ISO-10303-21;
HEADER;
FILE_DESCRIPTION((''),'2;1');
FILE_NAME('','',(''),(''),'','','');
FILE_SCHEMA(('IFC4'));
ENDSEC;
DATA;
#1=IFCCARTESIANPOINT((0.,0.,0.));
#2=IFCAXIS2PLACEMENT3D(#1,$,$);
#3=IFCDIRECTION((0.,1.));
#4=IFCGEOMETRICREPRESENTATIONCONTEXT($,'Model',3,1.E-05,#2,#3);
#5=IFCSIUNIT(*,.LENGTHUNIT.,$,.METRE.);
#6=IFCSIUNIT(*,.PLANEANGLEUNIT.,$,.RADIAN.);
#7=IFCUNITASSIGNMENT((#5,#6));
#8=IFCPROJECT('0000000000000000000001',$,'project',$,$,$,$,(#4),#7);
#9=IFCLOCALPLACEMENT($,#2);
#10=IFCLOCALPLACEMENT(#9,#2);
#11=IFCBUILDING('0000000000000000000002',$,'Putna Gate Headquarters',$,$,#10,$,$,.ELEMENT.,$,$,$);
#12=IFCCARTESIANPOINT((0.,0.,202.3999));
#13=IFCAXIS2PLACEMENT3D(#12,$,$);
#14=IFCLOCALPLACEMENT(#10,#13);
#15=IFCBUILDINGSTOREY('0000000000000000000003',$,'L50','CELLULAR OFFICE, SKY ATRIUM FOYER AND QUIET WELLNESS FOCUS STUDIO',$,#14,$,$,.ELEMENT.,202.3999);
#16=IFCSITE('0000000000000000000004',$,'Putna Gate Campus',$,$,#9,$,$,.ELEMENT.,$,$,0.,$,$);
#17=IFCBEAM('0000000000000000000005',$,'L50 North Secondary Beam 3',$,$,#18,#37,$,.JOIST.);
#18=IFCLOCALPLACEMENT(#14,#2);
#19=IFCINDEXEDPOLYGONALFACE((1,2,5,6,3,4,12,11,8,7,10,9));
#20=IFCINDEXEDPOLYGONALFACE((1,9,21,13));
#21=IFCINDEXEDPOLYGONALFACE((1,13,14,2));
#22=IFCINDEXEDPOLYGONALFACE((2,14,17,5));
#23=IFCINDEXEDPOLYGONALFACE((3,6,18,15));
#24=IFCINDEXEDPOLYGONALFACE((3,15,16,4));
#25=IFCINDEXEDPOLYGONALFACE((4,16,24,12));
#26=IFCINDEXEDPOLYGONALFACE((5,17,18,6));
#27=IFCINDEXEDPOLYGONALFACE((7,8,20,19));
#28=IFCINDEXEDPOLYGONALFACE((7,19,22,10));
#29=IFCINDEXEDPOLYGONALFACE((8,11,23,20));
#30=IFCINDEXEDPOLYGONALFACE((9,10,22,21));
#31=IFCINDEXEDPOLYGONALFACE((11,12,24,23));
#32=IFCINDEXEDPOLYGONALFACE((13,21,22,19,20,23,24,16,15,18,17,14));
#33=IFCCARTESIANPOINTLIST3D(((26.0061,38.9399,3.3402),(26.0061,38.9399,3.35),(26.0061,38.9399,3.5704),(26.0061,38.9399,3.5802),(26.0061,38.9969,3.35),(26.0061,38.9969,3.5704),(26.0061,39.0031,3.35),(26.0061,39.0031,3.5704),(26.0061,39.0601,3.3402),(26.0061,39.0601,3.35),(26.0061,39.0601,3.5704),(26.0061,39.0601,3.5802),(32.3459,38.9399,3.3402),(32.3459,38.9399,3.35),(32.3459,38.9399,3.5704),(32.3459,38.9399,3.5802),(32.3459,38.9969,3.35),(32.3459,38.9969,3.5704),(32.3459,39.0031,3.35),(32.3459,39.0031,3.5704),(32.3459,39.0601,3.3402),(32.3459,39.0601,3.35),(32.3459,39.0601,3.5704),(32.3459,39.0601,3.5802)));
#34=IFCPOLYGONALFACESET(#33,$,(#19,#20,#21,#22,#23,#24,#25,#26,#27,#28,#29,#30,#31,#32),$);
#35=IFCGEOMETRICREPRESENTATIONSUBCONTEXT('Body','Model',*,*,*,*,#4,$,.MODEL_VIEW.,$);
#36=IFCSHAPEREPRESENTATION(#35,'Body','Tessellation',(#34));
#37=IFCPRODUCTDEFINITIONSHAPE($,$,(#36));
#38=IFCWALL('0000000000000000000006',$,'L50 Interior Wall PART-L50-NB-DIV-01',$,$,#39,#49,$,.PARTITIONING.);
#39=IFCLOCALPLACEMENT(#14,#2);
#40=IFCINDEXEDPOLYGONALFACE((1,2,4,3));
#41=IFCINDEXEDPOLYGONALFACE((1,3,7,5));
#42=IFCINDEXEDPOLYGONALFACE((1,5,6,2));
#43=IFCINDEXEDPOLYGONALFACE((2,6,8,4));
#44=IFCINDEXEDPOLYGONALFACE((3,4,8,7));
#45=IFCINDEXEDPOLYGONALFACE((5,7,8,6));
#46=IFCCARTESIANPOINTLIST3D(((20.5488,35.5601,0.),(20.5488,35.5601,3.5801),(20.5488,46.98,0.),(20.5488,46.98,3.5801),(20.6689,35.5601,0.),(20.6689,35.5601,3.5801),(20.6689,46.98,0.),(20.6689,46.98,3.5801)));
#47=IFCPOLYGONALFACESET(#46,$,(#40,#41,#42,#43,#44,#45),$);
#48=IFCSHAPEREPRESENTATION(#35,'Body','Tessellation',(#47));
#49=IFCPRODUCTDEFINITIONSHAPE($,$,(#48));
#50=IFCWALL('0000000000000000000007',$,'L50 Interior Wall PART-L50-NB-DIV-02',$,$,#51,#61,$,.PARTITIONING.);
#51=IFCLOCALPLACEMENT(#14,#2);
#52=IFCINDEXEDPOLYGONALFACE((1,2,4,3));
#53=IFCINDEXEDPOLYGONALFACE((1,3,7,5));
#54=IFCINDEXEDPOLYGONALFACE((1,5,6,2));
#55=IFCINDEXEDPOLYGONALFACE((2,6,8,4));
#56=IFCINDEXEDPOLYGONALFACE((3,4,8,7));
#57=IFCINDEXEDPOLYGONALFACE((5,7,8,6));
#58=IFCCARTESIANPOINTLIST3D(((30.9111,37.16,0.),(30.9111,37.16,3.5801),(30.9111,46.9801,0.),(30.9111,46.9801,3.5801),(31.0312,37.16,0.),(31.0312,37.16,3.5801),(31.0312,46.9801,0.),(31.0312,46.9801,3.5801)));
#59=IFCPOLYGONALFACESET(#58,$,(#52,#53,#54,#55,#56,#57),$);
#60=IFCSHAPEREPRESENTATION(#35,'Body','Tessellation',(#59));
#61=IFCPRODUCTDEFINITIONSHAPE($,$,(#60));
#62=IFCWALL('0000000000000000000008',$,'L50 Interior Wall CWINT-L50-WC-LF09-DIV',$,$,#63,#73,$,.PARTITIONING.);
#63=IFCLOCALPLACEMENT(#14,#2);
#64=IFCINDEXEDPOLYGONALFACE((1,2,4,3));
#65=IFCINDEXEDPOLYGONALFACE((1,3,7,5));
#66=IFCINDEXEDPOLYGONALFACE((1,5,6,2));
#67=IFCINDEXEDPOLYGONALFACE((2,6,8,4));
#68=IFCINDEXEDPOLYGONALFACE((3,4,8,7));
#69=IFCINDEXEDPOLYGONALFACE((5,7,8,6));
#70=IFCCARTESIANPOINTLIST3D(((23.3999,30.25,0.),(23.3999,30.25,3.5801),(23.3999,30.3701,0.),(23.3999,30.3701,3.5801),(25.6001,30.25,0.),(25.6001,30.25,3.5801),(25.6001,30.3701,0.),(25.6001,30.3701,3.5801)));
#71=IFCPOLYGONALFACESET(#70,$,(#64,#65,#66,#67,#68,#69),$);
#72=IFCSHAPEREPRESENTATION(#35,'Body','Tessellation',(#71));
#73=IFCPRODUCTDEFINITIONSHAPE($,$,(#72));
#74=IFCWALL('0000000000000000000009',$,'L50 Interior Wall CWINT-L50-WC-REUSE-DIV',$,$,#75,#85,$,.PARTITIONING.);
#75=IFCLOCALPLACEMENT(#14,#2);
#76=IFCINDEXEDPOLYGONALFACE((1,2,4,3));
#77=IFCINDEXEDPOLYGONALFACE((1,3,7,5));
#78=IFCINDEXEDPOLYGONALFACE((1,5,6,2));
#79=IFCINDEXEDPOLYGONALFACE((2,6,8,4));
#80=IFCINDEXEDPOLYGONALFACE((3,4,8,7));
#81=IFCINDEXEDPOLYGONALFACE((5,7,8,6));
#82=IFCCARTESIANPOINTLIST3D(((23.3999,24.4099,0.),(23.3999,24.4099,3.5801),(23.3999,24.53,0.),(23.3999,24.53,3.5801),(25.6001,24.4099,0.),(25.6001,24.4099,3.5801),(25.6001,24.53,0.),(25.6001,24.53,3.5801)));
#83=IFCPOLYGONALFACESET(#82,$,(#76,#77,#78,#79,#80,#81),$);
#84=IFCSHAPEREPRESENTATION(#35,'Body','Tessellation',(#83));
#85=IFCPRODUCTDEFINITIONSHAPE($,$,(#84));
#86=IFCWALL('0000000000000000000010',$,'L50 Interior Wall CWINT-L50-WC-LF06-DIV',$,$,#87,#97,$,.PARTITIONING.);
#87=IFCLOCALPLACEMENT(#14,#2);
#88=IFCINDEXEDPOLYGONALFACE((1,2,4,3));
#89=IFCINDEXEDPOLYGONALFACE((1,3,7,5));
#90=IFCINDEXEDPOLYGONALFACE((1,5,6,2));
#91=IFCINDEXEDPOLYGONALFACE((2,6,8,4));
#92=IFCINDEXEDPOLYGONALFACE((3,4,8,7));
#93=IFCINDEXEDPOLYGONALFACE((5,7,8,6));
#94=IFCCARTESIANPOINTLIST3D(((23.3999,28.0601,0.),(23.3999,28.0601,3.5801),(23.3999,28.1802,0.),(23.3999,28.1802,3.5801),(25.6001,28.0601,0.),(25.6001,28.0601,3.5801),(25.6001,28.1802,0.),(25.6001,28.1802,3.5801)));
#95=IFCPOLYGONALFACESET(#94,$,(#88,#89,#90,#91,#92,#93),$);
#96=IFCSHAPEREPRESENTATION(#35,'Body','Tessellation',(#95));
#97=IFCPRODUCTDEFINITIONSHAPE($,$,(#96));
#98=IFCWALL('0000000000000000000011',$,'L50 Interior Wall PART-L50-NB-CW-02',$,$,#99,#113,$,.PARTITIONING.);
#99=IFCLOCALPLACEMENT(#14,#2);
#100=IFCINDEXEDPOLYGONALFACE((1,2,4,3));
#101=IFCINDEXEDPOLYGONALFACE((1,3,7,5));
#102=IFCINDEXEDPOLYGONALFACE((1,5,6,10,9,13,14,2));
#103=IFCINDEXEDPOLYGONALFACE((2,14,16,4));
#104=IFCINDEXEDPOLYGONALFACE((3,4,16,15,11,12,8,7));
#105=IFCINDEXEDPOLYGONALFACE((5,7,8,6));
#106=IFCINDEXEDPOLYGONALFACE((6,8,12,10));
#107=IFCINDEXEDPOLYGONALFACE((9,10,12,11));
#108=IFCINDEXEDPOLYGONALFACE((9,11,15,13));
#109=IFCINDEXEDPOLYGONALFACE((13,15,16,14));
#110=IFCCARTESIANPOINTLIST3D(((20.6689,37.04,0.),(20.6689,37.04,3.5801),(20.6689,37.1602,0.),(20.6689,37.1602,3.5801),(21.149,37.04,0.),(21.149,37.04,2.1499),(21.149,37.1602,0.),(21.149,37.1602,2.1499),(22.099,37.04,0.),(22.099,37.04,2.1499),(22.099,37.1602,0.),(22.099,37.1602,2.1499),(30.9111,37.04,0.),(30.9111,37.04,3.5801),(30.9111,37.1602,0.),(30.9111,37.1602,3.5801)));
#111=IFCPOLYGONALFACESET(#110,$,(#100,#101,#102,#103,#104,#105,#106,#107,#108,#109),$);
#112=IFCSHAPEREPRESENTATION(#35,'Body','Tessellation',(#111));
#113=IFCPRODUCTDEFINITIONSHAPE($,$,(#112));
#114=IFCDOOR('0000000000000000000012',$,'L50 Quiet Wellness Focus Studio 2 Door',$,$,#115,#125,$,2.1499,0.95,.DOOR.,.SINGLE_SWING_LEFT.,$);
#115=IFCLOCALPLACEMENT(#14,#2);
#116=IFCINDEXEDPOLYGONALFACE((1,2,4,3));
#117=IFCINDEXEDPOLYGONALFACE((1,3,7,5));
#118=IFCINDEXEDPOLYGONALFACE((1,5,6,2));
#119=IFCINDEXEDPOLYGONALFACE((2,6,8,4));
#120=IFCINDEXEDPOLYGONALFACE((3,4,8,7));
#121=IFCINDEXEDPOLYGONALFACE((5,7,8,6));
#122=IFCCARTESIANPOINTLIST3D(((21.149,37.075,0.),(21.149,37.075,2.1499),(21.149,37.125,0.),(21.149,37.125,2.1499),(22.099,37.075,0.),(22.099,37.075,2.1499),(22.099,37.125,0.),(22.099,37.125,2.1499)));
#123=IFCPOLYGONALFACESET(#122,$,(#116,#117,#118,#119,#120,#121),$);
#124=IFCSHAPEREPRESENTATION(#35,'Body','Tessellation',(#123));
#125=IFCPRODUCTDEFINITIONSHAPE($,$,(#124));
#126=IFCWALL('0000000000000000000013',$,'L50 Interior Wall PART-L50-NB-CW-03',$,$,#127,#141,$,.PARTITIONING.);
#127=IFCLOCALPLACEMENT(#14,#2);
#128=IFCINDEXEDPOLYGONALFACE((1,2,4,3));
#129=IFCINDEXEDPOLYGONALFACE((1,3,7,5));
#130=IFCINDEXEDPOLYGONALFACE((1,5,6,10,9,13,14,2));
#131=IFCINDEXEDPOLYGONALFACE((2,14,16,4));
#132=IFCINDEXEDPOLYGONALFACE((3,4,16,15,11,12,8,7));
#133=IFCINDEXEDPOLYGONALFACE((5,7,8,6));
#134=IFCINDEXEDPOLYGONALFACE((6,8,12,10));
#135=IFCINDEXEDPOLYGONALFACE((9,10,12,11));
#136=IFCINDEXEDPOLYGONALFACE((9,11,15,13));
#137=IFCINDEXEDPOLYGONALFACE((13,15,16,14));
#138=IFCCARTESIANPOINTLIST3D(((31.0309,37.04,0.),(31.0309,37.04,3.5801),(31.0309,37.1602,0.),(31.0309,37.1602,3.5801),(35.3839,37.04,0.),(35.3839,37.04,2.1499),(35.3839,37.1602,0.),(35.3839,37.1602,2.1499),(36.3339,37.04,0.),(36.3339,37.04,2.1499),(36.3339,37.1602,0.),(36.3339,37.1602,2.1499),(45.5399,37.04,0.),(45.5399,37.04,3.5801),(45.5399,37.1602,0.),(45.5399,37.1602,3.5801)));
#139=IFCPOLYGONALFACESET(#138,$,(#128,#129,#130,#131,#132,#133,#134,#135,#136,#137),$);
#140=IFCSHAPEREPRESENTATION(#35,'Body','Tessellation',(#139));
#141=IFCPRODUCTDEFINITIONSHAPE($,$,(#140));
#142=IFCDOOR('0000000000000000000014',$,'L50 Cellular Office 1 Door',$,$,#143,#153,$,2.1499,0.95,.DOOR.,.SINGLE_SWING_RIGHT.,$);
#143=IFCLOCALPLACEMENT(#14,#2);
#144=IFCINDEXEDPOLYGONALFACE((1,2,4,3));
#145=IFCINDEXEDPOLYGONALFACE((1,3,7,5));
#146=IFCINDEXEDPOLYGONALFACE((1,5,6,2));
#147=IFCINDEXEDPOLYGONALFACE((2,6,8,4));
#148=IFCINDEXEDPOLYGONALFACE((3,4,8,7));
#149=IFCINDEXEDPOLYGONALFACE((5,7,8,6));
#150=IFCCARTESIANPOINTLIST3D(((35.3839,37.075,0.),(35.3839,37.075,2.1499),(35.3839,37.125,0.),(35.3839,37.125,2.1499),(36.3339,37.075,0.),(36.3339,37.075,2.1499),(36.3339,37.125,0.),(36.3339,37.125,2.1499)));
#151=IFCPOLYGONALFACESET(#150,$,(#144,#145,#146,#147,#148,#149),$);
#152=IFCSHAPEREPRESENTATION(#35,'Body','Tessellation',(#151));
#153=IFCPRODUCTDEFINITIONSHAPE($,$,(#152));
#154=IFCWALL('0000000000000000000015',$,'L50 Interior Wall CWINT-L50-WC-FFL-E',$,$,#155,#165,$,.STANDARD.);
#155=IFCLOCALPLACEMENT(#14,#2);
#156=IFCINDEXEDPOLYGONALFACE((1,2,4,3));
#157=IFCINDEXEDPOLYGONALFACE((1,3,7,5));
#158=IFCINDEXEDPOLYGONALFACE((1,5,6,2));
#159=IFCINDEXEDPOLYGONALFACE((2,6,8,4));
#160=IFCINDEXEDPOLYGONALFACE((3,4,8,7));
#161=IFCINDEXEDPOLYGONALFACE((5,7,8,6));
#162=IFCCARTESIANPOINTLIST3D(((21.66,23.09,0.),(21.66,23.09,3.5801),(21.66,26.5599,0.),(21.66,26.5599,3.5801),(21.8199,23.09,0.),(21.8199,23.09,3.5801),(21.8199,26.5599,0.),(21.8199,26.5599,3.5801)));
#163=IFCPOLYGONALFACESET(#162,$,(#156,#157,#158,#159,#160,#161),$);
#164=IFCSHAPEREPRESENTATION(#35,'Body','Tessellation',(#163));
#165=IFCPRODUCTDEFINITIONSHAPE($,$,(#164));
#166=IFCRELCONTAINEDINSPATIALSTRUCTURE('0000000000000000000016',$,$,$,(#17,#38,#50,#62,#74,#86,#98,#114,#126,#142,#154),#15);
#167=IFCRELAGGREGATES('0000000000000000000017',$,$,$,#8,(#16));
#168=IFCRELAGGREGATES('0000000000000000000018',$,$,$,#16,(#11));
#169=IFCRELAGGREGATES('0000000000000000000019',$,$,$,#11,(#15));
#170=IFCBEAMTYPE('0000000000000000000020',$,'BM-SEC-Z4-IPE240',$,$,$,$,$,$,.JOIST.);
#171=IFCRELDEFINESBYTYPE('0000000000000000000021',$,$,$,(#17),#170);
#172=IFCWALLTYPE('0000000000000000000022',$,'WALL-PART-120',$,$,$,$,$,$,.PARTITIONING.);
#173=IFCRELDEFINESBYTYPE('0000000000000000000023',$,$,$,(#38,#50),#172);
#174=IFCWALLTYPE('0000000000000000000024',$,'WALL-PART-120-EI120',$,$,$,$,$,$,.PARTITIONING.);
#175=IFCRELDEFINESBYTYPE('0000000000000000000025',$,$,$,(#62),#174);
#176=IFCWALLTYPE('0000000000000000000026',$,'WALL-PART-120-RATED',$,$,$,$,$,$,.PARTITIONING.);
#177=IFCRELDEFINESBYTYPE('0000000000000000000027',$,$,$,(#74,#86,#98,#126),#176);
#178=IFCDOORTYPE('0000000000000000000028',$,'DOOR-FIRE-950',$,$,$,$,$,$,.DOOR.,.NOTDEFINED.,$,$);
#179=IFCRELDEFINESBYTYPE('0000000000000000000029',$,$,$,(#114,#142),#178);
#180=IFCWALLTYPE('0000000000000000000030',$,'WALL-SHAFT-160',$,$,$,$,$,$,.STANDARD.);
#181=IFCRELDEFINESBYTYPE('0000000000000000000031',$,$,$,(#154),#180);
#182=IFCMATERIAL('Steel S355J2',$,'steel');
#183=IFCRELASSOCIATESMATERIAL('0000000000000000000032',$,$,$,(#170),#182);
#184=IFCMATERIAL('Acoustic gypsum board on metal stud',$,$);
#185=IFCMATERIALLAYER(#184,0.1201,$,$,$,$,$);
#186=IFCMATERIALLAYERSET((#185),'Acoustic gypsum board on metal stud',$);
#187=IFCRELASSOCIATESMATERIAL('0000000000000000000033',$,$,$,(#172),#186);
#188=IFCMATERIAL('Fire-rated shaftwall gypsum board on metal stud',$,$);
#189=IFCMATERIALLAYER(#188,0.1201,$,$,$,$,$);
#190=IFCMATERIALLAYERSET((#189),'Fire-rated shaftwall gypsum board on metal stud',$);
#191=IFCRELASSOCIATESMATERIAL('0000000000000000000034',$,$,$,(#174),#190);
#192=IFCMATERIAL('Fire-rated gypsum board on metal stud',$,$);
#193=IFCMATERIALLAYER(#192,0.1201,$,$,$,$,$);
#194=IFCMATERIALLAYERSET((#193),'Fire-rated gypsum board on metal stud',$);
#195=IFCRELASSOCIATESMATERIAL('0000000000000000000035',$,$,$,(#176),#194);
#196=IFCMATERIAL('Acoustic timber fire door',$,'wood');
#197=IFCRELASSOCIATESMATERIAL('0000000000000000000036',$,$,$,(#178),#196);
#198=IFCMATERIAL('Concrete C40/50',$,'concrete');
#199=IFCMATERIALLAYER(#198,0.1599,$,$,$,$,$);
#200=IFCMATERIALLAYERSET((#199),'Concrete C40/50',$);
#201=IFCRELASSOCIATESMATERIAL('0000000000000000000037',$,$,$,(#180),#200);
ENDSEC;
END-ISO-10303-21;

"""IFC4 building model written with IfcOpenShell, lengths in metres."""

from ifc_helpers import new_model, si_unit, direction, frame, frame_2d, origin, origin_2d, place, context, subcontext, project, spatial, rectangle, i_section, extrude, material, layer, layer_set, material_profile, profile_set, type_object, element, fill, save


model = new_model("IFC4")

# Units and contexts
model_context = context("Model", 3, precision=1e-05, world=origin(), true_north=direction((0.0, 1.0)))
body_context = subcontext(model_context, "Body", "Model", "MODEL_VIEW")
ifc_project = project(units=[si_unit("LENGTHUNIT", "METRE"), si_unit("PLANEANGLEUNIT", "RADIAN")], contexts=[model_context])

# Site, building, storey
site_placement = place(None, origin())
site = spatial("IfcSite", under=ifc_project, at=site_placement, Name="Putna Gate Campus", CompositionType="ELEMENT", RefElevation=0.0)
building_placement = place(site_placement, origin())
building = spatial("IfcBuilding", under=site, at=building_placement, Name="Putna Gate Headquarters", CompositionType="ELEMENT")
storey_placement = place(building_placement, frame((0.0, 0.0, 202.3999)))
storey = spatial("IfcBuildingStorey", under=building, at=storey_placement, Name="L50", Description="CELLULAR OFFICE, SKY ATRIUM FOYER AND QUIET WELLNESS FOCUS STUDIO", CompositionType="ELEMENT", Elevation=202.3999)

# Beam
ifc_material_1 = material(Name="Steel S355J2", Category="steel")
ifc_material_profile_1 = material_profile(ifc_material_1, i_section(OverallWidth=0.1201, OverallDepth=0.24, WebThickness=0.0061, FlangeThickness=0.0098, at=origin_2d()), Name="Steel S355J2")
ifc_profile_set_1 = profile_set([ifc_material_profile_1], Name="Steel S355J2")
beam_type_1 = type_object("IfcBeamType", Name="BM-SEC-Z4-IPE240", PredefinedType="JOIST", material=ifc_profile_set_1)
beam_1_placement = place(storey_placement, frame((26.0061, 39.0, 3.4602), z_axis=(1.0, 0.0, 0.0), x_axis=(0.0, 1.0, 0.0)))
element("IfcBeam", 1, at=beam_1_placement, inside=storey, type_object=beam_type_1, Name="L50 North Secondary Beam 3", PredefinedType="JOIST", context=body_context, shape_type="SweptSolid", body=[
    extrude(i_section(OverallWidth=0.1201, OverallDepth=0.24, WebThickness=0.0061, FlangeThickness=0.0098, at=origin_2d()), origin(), (0.0, 0.0, 1.0), 6.3398),
])

# Walls
ifc_material_2 = material(Name="Acoustic gypsum board on metal stud")
ifc_layer_1 = layer(ifc_material_2, 0.1201)
ifc_layer_set_1 = layer_set([ifc_layer_1], Name="Acoustic gypsum board on metal stud")
wall_type_1 = type_object("IfcWallType", Name="WALL-PART-120", PredefinedType="PARTITIONING", material=ifc_layer_set_1)
wall_1_placement = place(storey_placement, frame((20.6089, 35.5601, 0.0), z_axis=(0.0, 0.0, 1.0), x_axis=(0.0, 1.0, 0.0)))
element("IfcWall", 2, at=wall_1_placement, inside=storey, type_object=wall_type_1, Name="L50 Interior Wall PART-L50-NB-DIV-01", PredefinedType="PARTITIONING", context=body_context, shape_type="SweptSolid", body=[
    extrude(rectangle(XDim=11.4199, YDim=0.1201, at=frame_2d((5.71, 0.0))), origin(), (0.0, 0.0, 1.0), 3.5801),
])
wall_2_placement = place(storey_placement, frame((30.9712, 37.1599, 0.0), z_axis=(0.0, 0.0, 1.0), x_axis=(0.0, 1.0, 0.0)))
element("IfcWall", 3, at=wall_2_placement, inside=storey, type_object=wall_type_1, Name="L50 Interior Wall PART-L50-NB-DIV-02", PredefinedType="PARTITIONING", context=body_context, shape_type="SweptSolid", body=[
    extrude(rectangle(XDim=9.8201, YDim=0.1201, at=frame_2d((4.9102, 0.0))), origin(), (0.0, 0.0, 1.0), 3.5801),
])
ifc_material_3 = material(Name="Fire-rated shaftwall gypsum board on metal stud")
ifc_layer_2 = layer(ifc_material_3, 0.1201)
ifc_layer_set_2 = layer_set([ifc_layer_2], Name="Fire-rated shaftwall gypsum board on metal stud")
wall_type_2 = type_object("IfcWallType", Name="WALL-PART-120-EI120", PredefinedType="PARTITIONING", material=ifc_layer_set_2)
wall_3_placement = place(storey_placement, frame((23.3999, 30.3101, 0.0), z_axis=(0.0, 0.0, 1.0), x_axis=(1.0, 0.0, 0.0)))
element("IfcWall", 4, at=wall_3_placement, inside=storey, type_object=wall_type_2, Name="L50 Interior Wall CWINT-L50-WC-LF09-DIV", PredefinedType="PARTITIONING", context=body_context, shape_type="SweptSolid", body=[
    extrude(rectangle(XDim=2.2002, YDim=0.1201, at=frame_2d((1.1001, 0.0))), origin(), (0.0, 0.0, 1.0), 3.5801),
])
ifc_material_4 = material(Name="Fire-rated gypsum board on metal stud")
ifc_layer_3 = layer(ifc_material_4, 0.1201)
ifc_layer_set_3 = layer_set([ifc_layer_3], Name="Fire-rated gypsum board on metal stud")
wall_type_3 = type_object("IfcWallType", Name="WALL-PART-120-RATED", PredefinedType="PARTITIONING", material=ifc_layer_set_3)
for number, where, z_axis, x_axis, name in (
    (5, (23.3999, 24.47, 0.0), (0.0, 0.0, 1.0), (1.0, 0.0, 0.0), "L50 Interior Wall CWINT-L50-WC-REUSE-DIV"),
    (6, (23.3999, 28.1201, 0.0), (0.0, 0.0, 1.0), (1.0, 0.0, 0.0), "L50 Interior Wall CWINT-L50-WC-LF06-DIV"),
):
    element("IfcWall", number, at=place(storey_placement, frame(where, z_axis=z_axis, x_axis=x_axis)), inside=storey, type_object=wall_type_3, Name=name, PredefinedType="PARTITIONING", context=body_context, shape_type="SweptSolid", body=[
        extrude(rectangle(XDim=2.2002, YDim=0.1201, at=frame_2d((1.1001, 0.0))), origin(), (0.0, 0.0, 1.0), 3.5801),
    ])

# Walls, openings, doors
wall_4_placement = place(storey_placement, frame((20.6689, 37.1001, 0.0), z_axis=(0.0, 0.0, 1.0), x_axis=(1.0, 0.0, 0.0)))
wall_4 = element("IfcWall", 7, at=wall_4_placement, inside=storey, type_object=wall_type_3, Name="L50 Interior Wall PART-L50-NB-CW-02", PredefinedType="PARTITIONING", context=body_context, shape_type="SweptSolid", body=[
    extrude(rectangle(XDim=10.2422, YDim=0.1201, at=frame_2d((5.1211, 0.0))), origin(), (0.0, 0.0, 1.0), 3.5801),
])
opening_1_placement = place(wall_4_placement, frame((0.48, 0.0, 0.0)))
opening_1 = element("IfcOpeningElement", 8, at=opening_1_placement, cuts=wall_4, PredefinedType="OPENING", context=body_context, shape_type="SweptSolid", body=[
    extrude(rectangle(XDim=0.95, YDim=2.1499, at=frame_2d((0.4751, 1.075))), frame((0.0, 0.0701, 0.0), z_axis=(0.0, -1.0, 0.0), x_axis=(1.0, 0.0, 0.0)), (0.0, 0.0, 1.0), 0.1401),
])
ifc_material_5 = material(Name="Acoustic timber fire door", Category="wood")
door_type_1 = type_object("IfcDoorType", Name="DOOR-FIRE-950", OperationType="NOTDEFINED", PredefinedType="DOOR", material=ifc_material_5)
door_1_placement = place(opening_1_placement, origin())
door_1 = element("IfcDoor", 9, at=door_1_placement, inside=storey, type_object=door_type_1, Name="L50 Quiet Wellness Focus Studio 2 Door", OperationType="SINGLE_SWING_LEFT", OverallHeight=2.1499, OverallWidth=0.95, PredefinedType="DOOR", context=body_context, shape_type="SweptSolid", body=[
    extrude(rectangle(XDim=0.95, YDim=2.1499, at=frame_2d((0.4751, 1.075))), frame((0.0, 0.0249, 0.0), z_axis=(0.0, -1.0, 0.0), x_axis=(1.0, 0.0, 0.0)), (0.0, 0.0, 1.0), 0.05),
])
fill(opening_1, door_1)
wall_5_placement = place(storey_placement, frame((31.031, 37.1001, 0.0), z_axis=(0.0, 0.0, 1.0), x_axis=(1.0, 0.0, 0.0)))
wall_5 = element("IfcWall", 10, at=wall_5_placement, inside=storey, type_object=wall_type_3, Name="L50 Interior Wall PART-L50-NB-CW-03", PredefinedType="PARTITIONING", context=body_context, shape_type="SweptSolid", body=[
    extrude(rectangle(XDim=14.509, YDim=0.1201, at=frame_2d((7.2544, 0.0))), origin(), (0.0, 0.0, 1.0), 3.5801),
])
opening_2_placement = place(wall_5_placement, frame((4.3528, 0.0, 0.0)))
opening_2 = element("IfcOpeningElement", 11, at=opening_2_placement, cuts=wall_5, PredefinedType="OPENING", context=body_context, shape_type="SweptSolid", body=[
    extrude(rectangle(XDim=0.95, YDim=2.1499, at=frame_2d((0.4751, 1.075))), frame((0.0, 0.0701, 0.0), z_axis=(0.0, -1.0, 0.0), x_axis=(1.0, 0.0, 0.0)), (0.0, 0.0, 1.0), 0.1401),
])
door_2_placement = place(opening_2_placement, origin())
door_2 = element("IfcDoor", 12, at=door_2_placement, inside=storey, type_object=door_type_1, Name="L50 Cellular Office 1 Door", OperationType="SINGLE_SWING_RIGHT", OverallHeight=2.1499, OverallWidth=0.95, PredefinedType="DOOR", context=body_context, shape_type="SweptSolid", body=[
    extrude(rectangle(XDim=0.95, YDim=2.1499, at=frame_2d((0.4751, 1.075))), frame((0.0, 0.0249, 0.0), z_axis=(0.0, -1.0, 0.0), x_axis=(1.0, 0.0, 0.0)), (0.0, 0.0, 1.0), 0.05),
])
fill(opening_2, door_2)

# Wall
ifc_material_6 = material(Name="Concrete C40/50", Category="concrete")
ifc_layer_4 = layer(ifc_material_6, 0.1599)
ifc_layer_set_4 = layer_set([ifc_layer_4], Name="Concrete C40/50")
wall_type_4 = type_object("IfcWallType", Name="WALL-SHAFT-160", PredefinedType="STANDARD", material=ifc_layer_set_4)
wall_6_placement = place(storey_placement, frame((21.74, 23.0901, 0.0), z_axis=(0.0, 0.0, 1.0), x_axis=(0.0, 1.0, 0.0)))
element("IfcWall", 13, at=wall_6_placement, inside=storey, type_object=wall_type_4, Name="L50 Interior Wall CWINT-L50-WC-FFL-E", PredefinedType="STANDARD", context=body_context, shape_type="SweptSolid", body=[
    extrude(rectangle(XDim=3.47, YDim=0.1599, at=frame_2d((1.7349, 0.0))), origin(), (0.0, 0.0, 1.0), 3.5801),
])

save(model, "model.ifc")
